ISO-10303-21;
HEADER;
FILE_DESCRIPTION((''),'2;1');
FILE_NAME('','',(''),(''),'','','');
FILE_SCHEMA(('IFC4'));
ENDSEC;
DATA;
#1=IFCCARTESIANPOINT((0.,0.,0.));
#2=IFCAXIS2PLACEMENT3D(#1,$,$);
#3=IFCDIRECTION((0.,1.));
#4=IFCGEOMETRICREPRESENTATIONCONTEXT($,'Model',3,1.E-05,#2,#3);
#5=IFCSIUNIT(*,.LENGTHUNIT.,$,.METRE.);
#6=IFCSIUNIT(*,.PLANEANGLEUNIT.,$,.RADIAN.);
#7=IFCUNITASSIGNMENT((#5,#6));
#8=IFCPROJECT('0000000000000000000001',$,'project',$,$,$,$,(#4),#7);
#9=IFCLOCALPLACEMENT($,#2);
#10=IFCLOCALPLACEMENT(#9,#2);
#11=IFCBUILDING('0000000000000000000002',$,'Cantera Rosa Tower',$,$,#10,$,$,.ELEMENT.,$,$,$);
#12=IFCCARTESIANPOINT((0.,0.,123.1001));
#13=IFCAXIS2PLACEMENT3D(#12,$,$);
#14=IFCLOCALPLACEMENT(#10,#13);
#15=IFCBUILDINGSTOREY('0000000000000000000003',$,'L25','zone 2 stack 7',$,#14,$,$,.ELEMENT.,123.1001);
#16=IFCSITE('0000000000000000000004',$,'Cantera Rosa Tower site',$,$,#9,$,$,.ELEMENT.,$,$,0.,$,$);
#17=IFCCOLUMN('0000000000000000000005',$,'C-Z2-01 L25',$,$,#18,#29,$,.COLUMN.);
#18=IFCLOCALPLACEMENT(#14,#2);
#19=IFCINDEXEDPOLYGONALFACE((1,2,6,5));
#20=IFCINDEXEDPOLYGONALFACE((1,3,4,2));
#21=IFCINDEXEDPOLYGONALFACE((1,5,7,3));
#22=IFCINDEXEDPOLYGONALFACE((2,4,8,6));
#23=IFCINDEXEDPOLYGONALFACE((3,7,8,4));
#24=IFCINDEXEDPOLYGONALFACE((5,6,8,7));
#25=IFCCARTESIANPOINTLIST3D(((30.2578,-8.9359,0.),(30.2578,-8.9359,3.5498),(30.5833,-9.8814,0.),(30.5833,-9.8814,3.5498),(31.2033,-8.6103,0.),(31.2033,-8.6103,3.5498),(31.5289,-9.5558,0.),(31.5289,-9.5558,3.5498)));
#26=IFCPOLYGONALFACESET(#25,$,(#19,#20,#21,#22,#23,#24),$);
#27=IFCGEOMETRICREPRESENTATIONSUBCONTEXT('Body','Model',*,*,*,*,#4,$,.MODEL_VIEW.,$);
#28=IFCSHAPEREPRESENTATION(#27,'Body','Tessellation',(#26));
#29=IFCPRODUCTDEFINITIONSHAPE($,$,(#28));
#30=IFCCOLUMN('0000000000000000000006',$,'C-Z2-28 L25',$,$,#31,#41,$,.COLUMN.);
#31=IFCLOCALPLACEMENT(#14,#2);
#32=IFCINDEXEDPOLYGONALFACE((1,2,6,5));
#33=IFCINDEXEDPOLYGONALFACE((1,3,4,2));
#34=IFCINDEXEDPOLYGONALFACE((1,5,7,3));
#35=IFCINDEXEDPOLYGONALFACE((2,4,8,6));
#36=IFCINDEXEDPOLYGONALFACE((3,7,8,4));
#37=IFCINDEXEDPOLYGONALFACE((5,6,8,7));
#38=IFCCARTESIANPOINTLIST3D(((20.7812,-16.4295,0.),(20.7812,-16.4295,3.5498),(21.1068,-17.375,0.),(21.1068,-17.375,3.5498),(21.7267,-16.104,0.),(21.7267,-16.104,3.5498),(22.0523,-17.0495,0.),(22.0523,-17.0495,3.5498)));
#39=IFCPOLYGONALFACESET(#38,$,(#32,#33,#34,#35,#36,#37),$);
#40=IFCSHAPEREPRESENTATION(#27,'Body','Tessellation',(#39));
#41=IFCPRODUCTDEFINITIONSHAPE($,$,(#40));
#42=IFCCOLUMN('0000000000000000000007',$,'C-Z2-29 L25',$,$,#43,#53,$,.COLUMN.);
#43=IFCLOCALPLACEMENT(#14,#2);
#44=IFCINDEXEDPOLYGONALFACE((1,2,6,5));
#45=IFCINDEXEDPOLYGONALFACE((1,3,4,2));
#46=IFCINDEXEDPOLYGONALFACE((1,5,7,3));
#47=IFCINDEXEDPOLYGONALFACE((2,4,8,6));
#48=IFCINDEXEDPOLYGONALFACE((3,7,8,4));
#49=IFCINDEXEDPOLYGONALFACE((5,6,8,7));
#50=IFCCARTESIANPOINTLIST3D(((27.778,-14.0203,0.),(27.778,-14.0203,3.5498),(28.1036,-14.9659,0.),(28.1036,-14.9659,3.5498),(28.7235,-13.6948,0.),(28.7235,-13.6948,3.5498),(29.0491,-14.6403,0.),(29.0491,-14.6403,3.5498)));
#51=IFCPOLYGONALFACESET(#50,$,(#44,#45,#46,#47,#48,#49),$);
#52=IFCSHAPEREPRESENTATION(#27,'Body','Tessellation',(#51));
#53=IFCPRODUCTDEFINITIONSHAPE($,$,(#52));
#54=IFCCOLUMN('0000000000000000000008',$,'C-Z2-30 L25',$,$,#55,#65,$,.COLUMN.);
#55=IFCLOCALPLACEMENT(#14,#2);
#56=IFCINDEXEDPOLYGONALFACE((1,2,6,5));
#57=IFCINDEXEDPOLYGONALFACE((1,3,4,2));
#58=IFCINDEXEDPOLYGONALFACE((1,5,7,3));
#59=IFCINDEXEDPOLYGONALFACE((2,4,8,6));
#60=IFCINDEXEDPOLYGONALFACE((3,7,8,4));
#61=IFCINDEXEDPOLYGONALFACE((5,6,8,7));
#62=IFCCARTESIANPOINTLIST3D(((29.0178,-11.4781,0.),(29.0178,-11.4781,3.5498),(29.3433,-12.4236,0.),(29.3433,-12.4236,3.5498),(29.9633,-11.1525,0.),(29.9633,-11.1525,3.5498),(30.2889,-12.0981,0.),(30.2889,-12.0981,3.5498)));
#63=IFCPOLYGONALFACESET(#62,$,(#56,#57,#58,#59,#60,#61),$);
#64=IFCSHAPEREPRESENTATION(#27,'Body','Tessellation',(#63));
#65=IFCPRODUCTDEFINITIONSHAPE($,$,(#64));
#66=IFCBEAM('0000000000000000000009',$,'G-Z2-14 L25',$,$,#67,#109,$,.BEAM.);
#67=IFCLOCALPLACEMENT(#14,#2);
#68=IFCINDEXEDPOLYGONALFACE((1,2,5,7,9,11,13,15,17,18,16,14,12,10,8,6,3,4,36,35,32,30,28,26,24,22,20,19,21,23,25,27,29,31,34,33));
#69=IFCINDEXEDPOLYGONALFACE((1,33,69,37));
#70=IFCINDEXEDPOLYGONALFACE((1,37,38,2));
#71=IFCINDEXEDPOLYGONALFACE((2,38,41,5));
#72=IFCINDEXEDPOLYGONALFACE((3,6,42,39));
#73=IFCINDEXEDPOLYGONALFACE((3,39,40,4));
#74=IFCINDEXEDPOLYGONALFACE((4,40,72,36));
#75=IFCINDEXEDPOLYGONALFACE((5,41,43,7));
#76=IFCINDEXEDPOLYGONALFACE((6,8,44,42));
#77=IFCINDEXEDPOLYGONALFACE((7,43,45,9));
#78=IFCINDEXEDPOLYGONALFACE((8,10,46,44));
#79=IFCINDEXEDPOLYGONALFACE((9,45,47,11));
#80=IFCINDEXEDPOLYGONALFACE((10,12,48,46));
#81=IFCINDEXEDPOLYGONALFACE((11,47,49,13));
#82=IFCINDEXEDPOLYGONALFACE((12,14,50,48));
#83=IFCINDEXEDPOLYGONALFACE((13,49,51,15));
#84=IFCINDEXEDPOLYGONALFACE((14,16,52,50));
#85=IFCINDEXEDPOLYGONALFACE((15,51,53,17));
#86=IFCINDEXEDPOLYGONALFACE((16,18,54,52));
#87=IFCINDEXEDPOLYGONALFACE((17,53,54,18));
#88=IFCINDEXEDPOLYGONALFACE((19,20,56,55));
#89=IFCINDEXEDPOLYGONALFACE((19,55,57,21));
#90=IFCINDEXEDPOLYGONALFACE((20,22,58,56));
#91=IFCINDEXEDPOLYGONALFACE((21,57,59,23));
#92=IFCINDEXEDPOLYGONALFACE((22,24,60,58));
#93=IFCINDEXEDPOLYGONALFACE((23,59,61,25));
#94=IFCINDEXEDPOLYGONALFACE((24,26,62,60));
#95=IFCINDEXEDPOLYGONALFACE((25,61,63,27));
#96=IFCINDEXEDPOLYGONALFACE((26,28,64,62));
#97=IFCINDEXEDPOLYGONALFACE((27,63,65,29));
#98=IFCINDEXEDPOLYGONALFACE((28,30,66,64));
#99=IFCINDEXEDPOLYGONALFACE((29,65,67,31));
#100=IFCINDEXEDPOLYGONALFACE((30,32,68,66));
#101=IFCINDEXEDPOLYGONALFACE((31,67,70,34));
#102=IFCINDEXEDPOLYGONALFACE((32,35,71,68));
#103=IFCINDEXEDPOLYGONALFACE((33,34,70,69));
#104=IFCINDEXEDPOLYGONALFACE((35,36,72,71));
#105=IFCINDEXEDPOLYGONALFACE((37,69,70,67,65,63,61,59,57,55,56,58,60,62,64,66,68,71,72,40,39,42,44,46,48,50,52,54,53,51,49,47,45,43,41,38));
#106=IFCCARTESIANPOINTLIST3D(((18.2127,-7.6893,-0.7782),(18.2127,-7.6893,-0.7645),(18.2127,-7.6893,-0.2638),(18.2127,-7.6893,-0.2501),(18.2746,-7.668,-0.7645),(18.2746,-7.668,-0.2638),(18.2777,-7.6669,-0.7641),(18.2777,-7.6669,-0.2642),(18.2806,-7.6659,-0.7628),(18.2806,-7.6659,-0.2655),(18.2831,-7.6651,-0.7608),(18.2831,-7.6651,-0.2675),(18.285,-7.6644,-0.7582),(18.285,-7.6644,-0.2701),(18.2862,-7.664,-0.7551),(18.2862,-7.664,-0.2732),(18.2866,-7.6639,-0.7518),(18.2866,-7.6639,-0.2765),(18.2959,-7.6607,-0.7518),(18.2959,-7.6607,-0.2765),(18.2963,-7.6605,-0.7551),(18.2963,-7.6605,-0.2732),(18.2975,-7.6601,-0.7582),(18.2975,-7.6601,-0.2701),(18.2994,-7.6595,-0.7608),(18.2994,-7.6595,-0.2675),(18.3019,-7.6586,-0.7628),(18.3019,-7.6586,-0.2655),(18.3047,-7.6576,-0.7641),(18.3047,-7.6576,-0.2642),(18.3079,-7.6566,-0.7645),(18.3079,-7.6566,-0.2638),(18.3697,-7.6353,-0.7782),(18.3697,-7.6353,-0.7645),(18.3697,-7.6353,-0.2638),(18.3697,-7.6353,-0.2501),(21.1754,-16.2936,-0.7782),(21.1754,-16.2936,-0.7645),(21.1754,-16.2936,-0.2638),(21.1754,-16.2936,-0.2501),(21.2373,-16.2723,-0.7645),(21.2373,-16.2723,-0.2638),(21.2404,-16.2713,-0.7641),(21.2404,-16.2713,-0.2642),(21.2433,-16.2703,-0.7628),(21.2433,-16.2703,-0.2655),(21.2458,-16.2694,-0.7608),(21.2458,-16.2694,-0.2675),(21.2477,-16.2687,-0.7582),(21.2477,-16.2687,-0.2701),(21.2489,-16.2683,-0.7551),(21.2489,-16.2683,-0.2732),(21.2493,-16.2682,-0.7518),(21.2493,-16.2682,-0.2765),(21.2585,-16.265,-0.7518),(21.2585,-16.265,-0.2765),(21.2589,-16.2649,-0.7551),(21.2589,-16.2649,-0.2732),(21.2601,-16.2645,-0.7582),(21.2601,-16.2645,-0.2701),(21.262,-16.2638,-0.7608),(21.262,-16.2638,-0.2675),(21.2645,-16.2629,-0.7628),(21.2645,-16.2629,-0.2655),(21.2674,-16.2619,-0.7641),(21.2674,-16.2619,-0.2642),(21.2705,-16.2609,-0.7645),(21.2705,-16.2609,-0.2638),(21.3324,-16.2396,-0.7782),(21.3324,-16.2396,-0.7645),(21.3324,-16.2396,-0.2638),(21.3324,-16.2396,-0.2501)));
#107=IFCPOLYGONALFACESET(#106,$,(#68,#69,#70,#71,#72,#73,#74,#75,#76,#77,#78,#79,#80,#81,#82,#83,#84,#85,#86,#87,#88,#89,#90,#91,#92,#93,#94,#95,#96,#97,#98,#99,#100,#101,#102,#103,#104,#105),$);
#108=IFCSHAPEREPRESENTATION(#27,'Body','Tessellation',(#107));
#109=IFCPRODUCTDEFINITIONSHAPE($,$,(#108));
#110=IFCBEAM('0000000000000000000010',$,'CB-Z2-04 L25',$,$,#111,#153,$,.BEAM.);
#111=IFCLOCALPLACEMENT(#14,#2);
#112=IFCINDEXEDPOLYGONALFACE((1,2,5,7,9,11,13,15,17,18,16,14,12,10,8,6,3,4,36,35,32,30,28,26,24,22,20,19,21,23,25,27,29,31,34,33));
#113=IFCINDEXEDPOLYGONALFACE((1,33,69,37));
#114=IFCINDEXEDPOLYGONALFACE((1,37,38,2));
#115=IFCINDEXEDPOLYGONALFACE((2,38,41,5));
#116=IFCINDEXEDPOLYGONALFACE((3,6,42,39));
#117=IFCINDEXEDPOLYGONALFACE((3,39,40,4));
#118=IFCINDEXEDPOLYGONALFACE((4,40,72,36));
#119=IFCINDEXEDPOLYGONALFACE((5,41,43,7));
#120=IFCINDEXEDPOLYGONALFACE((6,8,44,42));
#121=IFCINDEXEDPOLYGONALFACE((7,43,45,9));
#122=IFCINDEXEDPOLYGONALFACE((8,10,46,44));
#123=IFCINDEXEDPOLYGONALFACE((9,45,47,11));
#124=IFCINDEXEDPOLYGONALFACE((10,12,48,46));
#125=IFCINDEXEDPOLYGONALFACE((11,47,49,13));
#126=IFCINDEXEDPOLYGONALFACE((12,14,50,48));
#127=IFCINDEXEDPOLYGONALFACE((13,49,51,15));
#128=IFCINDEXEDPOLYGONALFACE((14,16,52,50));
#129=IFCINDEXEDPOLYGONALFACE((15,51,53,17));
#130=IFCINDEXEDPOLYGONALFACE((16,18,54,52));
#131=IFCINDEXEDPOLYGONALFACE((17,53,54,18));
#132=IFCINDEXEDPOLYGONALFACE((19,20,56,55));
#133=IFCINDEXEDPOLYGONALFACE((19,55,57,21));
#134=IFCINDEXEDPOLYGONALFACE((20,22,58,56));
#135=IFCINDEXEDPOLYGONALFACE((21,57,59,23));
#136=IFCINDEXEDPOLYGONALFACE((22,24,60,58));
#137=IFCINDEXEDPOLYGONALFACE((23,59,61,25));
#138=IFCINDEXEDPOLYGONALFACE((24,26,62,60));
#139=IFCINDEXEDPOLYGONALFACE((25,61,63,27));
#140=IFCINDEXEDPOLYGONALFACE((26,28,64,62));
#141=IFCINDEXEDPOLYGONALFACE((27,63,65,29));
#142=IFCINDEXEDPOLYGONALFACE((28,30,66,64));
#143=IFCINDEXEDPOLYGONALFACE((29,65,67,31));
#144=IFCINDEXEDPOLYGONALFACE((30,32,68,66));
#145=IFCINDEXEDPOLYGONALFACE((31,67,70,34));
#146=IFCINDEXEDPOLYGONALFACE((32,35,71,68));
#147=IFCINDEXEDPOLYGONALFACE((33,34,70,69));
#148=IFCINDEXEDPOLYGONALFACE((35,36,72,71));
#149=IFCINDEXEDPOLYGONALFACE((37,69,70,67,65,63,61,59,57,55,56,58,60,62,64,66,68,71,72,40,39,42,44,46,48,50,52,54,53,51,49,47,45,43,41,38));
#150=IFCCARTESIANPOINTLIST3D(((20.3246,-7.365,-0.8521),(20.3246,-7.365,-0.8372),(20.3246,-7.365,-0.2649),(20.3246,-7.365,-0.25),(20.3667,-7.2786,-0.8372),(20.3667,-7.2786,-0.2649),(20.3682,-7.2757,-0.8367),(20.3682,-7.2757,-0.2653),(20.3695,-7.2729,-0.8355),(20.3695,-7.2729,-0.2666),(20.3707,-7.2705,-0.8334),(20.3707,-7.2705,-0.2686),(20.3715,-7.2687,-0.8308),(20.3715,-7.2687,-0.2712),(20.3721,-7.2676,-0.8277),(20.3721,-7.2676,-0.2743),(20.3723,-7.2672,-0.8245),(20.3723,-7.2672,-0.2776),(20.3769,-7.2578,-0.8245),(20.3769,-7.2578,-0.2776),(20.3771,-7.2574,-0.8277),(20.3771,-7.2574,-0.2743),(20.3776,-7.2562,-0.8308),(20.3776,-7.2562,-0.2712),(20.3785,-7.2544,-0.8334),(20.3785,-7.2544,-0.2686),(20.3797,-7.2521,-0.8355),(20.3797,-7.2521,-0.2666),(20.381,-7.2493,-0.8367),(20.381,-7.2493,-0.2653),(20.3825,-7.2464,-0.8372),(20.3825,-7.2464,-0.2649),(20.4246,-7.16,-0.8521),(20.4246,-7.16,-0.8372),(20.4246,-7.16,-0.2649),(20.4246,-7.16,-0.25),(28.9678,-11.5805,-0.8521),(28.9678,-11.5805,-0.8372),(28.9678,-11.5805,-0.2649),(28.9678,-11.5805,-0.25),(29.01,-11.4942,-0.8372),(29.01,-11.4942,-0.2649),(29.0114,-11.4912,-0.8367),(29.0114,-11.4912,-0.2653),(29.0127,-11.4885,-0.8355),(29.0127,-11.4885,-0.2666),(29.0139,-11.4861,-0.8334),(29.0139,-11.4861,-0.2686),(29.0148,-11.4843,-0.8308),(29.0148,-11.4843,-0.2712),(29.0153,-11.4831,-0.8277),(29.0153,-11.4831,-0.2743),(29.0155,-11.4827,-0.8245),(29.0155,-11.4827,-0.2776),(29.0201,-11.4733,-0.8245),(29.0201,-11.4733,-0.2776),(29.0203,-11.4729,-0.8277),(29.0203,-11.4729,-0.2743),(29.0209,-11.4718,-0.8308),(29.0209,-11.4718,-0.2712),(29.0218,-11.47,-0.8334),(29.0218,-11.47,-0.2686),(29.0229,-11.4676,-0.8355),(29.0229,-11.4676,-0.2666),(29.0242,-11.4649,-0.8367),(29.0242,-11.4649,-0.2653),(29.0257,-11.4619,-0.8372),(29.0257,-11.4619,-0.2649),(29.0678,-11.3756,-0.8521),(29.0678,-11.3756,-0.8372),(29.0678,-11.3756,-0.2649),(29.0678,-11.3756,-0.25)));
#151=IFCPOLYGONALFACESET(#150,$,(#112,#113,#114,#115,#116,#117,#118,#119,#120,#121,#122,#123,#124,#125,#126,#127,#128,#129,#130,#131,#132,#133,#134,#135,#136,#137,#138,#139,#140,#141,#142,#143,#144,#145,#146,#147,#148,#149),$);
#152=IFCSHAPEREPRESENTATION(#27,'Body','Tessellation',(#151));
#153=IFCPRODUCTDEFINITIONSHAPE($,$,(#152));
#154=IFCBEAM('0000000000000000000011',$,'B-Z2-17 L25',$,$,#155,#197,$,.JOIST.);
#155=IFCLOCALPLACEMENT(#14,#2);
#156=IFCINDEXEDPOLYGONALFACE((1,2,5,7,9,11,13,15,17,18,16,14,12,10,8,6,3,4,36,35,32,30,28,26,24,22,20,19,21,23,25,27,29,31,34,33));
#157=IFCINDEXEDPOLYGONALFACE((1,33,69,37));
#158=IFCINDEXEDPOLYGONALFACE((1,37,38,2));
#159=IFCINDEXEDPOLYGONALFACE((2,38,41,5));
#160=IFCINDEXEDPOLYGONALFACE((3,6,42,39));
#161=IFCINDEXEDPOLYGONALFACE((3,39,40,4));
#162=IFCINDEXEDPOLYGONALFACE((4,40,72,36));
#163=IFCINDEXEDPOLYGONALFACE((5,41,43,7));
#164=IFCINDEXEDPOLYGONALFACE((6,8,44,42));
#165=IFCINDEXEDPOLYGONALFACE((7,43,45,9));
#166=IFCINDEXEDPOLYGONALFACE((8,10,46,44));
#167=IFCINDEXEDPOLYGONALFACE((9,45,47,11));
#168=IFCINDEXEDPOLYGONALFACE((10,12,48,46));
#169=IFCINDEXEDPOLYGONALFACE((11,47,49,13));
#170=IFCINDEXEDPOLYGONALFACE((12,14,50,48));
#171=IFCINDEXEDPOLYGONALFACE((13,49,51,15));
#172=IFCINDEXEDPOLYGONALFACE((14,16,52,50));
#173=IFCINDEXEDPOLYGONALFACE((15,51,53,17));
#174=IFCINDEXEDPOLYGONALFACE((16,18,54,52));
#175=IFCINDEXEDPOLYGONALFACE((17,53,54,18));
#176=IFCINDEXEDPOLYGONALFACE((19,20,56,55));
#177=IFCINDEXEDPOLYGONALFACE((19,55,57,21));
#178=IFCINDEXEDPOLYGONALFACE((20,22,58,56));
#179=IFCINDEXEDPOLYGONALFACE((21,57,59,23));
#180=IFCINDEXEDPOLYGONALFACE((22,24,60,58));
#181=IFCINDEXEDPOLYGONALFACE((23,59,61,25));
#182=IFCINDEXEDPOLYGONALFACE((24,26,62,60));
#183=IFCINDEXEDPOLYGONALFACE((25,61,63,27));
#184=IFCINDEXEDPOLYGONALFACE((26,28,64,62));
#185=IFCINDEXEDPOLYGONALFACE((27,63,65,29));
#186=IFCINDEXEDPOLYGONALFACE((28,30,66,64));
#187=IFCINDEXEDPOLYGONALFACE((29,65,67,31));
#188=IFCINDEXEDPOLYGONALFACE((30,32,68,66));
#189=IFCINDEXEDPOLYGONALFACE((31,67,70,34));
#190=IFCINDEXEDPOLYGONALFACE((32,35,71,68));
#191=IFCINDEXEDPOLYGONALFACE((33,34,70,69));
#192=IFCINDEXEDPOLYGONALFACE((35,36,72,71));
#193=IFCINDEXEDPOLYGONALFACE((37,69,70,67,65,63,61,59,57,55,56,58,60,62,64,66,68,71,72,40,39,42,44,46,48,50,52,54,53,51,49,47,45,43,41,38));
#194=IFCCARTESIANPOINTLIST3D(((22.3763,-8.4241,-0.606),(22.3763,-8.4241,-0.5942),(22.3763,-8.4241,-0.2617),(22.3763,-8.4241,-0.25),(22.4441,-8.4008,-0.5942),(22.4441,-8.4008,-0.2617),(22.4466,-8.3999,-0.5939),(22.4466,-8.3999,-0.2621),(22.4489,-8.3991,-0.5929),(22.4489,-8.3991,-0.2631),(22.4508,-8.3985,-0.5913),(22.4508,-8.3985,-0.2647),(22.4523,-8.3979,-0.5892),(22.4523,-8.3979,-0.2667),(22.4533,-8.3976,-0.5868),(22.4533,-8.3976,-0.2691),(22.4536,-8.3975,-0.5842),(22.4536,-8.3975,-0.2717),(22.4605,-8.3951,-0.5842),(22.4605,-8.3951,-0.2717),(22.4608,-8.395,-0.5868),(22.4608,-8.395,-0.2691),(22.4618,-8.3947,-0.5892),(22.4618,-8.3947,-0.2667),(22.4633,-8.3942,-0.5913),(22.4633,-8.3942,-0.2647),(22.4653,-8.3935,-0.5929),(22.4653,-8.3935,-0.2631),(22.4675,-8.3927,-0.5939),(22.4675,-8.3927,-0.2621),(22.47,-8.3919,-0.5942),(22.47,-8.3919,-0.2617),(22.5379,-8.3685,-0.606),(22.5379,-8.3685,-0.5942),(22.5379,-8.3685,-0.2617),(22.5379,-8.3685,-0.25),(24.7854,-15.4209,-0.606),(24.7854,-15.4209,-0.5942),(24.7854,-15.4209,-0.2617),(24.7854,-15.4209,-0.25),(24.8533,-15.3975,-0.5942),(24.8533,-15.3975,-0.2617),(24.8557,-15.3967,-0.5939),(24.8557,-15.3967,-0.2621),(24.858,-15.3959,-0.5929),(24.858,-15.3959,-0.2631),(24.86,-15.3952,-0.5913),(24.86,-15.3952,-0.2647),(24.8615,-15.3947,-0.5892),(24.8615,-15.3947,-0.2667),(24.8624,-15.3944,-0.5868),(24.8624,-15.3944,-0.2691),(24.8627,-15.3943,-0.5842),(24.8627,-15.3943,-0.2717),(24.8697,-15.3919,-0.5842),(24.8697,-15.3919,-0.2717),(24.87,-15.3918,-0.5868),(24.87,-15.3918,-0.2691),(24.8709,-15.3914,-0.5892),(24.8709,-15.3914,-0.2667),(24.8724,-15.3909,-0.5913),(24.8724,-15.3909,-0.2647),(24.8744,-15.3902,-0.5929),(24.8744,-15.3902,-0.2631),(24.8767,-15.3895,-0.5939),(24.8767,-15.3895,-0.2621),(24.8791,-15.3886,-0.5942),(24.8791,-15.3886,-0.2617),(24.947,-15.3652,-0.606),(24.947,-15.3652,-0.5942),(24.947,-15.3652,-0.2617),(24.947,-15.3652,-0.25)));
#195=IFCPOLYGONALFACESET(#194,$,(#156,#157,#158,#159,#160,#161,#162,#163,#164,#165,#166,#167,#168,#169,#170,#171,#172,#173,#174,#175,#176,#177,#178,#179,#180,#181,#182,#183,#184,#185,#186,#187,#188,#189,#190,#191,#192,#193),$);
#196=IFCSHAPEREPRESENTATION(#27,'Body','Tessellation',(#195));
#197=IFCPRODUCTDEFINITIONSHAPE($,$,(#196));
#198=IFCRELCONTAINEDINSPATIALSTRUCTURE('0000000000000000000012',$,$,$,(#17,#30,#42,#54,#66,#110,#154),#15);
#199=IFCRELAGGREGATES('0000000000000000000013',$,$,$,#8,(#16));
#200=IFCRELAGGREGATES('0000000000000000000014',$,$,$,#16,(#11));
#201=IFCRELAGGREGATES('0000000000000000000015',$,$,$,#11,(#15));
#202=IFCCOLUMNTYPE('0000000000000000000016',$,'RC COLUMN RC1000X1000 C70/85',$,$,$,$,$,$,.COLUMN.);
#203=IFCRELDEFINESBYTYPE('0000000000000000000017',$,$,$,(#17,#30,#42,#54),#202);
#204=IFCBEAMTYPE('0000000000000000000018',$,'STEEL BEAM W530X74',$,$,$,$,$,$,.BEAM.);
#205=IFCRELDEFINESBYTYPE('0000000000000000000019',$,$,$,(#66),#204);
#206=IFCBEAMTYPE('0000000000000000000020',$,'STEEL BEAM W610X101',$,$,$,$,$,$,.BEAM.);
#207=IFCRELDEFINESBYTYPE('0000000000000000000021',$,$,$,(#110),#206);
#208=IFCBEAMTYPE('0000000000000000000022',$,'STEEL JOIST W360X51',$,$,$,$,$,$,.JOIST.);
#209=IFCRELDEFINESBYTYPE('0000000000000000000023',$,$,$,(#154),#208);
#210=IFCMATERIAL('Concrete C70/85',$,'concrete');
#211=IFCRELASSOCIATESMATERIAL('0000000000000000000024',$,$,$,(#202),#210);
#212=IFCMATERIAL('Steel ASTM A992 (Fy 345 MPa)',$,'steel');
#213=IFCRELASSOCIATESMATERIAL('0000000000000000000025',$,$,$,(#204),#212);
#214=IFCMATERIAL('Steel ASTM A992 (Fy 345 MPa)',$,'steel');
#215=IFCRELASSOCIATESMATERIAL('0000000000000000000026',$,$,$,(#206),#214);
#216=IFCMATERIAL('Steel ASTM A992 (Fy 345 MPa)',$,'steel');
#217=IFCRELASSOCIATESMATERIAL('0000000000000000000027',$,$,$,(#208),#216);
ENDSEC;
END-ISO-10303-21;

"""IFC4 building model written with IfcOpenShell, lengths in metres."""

from ifc_helpers import new_model, si_unit, direction, frame, origin, origin_2d, place, context, subcontext, project, spatial, rectangle, i_section, extrude, material, material_profile, profile_set, type_object, element, save


model = new_model("IFC4")

# Units and contexts
model_context = context("Model", 3, precision=1e-05, world=origin(), true_north=direction((0.0, 1.0)))
body_context = subcontext(model_context, "Body", "Model", "MODEL_VIEW")
ifc_project = project(units=[si_unit("LENGTHUNIT", "METRE"), si_unit("PLANEANGLEUNIT", "RADIAN")], contexts=[model_context])

# Site, building, storey
site_placement = place(None, origin())
site = spatial("IfcSite", under=ifc_project, at=site_placement, Name="Cantera Rosa Tower site", CompositionType="ELEMENT", RefElevation=0.0)
building_placement = place(site_placement, origin())
building = spatial("IfcBuilding", under=site, at=building_placement, Name="Cantera Rosa Tower", CompositionType="ELEMENT")
storey_placement = place(building_placement, frame((0.0, 0.0, 123.1001)))
storey = spatial("IfcBuildingStorey", under=building, at=storey_placement, Name="L25", Description="zone 2 stack 7", CompositionType="ELEMENT", Elevation=123.1001)

# Columns
ifc_material_1 = material(Name="Concrete C70/85", Category="concrete")
ifc_material_profile_1 = material_profile(ifc_material_1, rectangle(XDim=1.0, YDim=1.0, at=origin_2d()), Name="RC COLUMN RC1000X1000 C70/85")
ifc_profile_set_1 = profile_set([ifc_material_profile_1], Name="Concrete C70/85")
column_type = type_object("IfcColumnType", Name="RC COLUMN RC1000X1000 C70/85", PredefinedType="COLUMN", material=ifc_profile_set_1)
for number, where, z_axis, x_axis, name in (
    (1, (30.8933, -9.2458, 0.0), (0.0, 0.0, 1.0), (0.945519, 0.325568, 0.0), "C-Z2-01 L25"),
    (2, (21.4167, -16.7395, 0.0), (0.0, 0.0, 1.0), (0.945519, 0.325568, 0.0), "C-Z2-28 L25"),
    (3, (28.4136, -14.3303, 0.0), (0.0, 0.0, 1.0), (0.945519, 0.325568, 0.0), "C-Z2-29 L25"),
    (4, (29.6533, -11.7881, 0.0), (0.0, 0.0, 1.0), (0.945519, 0.325568, 0.0), "C-Z2-30 L25"),
):
    element("IfcColumn", number, at=place(storey_placement, frame(where, z_axis=z_axis, x_axis=x_axis)), inside=storey, type_object=column_type, Name=name, PredefinedType="COLUMN", context=body_context, shape_type="SweptSolid", body=[
        extrude(rectangle(XDim=1.0, YDim=1.0, at=origin_2d()), origin(), (0.0, 0.0, 1.0), 3.5498),
    ])

# Beams
ifc_material_2 = material(Name="Steel ASTM A992 (Fy 345 MPa)", Category="steel")
ifc_material_profile_2 = material_profile(ifc_material_2, i_section(OverallWidth=0.166, OverallDepth=0.5281, WebThickness=0.0098, FlangeThickness=0.0137, FilletRadius=0.0127, at=origin_2d()), Name="W530X74")
ifc_profile_set_2 = profile_set([ifc_material_profile_2], Name="Steel ASTM A992 (Fy 345 MPa)")
beam_type_1 = type_object("IfcBeamType", Name="STEEL BEAM W530X74", PredefinedType="BEAM", material=ifc_profile_set_2)
beam_1_placement = place(storey_placement, frame((21.2539, -16.2666, -0.5142), z_axis=(-0.325565, 0.94552, 0.0), x_axis=(-0.94552, -0.325565, 0.0)))
element("IfcBeam", 5, at=beam_1_placement, inside=storey, type_object=beam_type_1, Name="G-Z2-14 L25", PredefinedType="BEAM", context=body_context, shape_type="SweptSolid", body=[
    extrude(i_section(OverallWidth=0.166, OverallDepth=0.5281, WebThickness=0.0098, FlangeThickness=0.0137, FilletRadius=0.0127, at=origin_2d()), origin(), (0.0, 0.0, 1.0), 9.1001),
])
ifc_material_3 = material(Name="Steel ASTM A992 (Fy 345 MPa)", Category="steel")
ifc_material_profile_3 = material_profile(ifc_material_3, i_section(OverallWidth=0.228, OverallDepth=0.6021, WebThickness=0.0105, FlangeThickness=0.0149, FilletRadius=0.0127, at=origin_2d()), Name="W610X101")
ifc_profile_set_3 = profile_set([ifc_material_profile_3], Name="Steel ASTM A992 (Fy 345 MPa)")
beam_type_2 = type_object("IfcBeamType", Name="STEEL BEAM W610X101", PredefinedType="BEAM", material=ifc_profile_set_3)
beam_2_placement = place(storey_placement, frame((29.0178, -11.478, -0.551), z_axis=(-0.898796, 0.438367, 0.0), x_axis=(-0.438367, -0.898796, 0.0)))
element("IfcBeam", 6, at=beam_2_placement, inside=storey, type_object=beam_type_2, Name="CB-Z2-04 L25", PredefinedType="BEAM", context=body_context, shape_type="SweptSolid", body=[
    extrude(i_section(OverallWidth=0.228, OverallDepth=0.6021, WebThickness=0.0105, FlangeThickness=0.0149, FilletRadius=0.0127, at=origin_2d()), origin(), (0.0, 0.0, 1.0), 9.6165),
])
ifc_material_4 = material(Name="Steel ASTM A992 (Fy 345 MPa)", Category="steel")
ifc_material_profile_4 = material_profile(ifc_material_4, i_section(OverallWidth=0.1709, OverallDepth=0.356, WebThickness=0.0073, FlangeThickness=0.0117, FilletRadius=0.01, at=origin_2d()), Name="W360X51")
ifc_profile_set_4 = profile_set([ifc_material_profile_4], Name="Steel ASTM A992 (Fy 345 MPa)")
beam_type_3 = type_object("IfcBeamType", Name="STEEL JOIST W360X51", PredefinedType="JOIST", material=ifc_profile_set_4)
beam_3_placement = place(storey_placement, frame((24.8662, -15.3931, -0.428), z_axis=(-0.325566, 0.945519, 0.0), x_axis=(-0.945519, -0.325566, 0.0)))
element("IfcBeam", 7, at=beam_3_placement, inside=storey, type_object=beam_type_3, Name="B-Z2-17 L25", PredefinedType="JOIST", context=body_context, shape_type="SweptSolid", body=[
    extrude(i_section(OverallWidth=0.1709, OverallDepth=0.356, WebThickness=0.0073, FlangeThickness=0.0117, FilletRadius=0.01, at=origin_2d()), origin(), (0.0, 0.0, 1.0), 7.3999),
])

save(model, "model.ifc")
